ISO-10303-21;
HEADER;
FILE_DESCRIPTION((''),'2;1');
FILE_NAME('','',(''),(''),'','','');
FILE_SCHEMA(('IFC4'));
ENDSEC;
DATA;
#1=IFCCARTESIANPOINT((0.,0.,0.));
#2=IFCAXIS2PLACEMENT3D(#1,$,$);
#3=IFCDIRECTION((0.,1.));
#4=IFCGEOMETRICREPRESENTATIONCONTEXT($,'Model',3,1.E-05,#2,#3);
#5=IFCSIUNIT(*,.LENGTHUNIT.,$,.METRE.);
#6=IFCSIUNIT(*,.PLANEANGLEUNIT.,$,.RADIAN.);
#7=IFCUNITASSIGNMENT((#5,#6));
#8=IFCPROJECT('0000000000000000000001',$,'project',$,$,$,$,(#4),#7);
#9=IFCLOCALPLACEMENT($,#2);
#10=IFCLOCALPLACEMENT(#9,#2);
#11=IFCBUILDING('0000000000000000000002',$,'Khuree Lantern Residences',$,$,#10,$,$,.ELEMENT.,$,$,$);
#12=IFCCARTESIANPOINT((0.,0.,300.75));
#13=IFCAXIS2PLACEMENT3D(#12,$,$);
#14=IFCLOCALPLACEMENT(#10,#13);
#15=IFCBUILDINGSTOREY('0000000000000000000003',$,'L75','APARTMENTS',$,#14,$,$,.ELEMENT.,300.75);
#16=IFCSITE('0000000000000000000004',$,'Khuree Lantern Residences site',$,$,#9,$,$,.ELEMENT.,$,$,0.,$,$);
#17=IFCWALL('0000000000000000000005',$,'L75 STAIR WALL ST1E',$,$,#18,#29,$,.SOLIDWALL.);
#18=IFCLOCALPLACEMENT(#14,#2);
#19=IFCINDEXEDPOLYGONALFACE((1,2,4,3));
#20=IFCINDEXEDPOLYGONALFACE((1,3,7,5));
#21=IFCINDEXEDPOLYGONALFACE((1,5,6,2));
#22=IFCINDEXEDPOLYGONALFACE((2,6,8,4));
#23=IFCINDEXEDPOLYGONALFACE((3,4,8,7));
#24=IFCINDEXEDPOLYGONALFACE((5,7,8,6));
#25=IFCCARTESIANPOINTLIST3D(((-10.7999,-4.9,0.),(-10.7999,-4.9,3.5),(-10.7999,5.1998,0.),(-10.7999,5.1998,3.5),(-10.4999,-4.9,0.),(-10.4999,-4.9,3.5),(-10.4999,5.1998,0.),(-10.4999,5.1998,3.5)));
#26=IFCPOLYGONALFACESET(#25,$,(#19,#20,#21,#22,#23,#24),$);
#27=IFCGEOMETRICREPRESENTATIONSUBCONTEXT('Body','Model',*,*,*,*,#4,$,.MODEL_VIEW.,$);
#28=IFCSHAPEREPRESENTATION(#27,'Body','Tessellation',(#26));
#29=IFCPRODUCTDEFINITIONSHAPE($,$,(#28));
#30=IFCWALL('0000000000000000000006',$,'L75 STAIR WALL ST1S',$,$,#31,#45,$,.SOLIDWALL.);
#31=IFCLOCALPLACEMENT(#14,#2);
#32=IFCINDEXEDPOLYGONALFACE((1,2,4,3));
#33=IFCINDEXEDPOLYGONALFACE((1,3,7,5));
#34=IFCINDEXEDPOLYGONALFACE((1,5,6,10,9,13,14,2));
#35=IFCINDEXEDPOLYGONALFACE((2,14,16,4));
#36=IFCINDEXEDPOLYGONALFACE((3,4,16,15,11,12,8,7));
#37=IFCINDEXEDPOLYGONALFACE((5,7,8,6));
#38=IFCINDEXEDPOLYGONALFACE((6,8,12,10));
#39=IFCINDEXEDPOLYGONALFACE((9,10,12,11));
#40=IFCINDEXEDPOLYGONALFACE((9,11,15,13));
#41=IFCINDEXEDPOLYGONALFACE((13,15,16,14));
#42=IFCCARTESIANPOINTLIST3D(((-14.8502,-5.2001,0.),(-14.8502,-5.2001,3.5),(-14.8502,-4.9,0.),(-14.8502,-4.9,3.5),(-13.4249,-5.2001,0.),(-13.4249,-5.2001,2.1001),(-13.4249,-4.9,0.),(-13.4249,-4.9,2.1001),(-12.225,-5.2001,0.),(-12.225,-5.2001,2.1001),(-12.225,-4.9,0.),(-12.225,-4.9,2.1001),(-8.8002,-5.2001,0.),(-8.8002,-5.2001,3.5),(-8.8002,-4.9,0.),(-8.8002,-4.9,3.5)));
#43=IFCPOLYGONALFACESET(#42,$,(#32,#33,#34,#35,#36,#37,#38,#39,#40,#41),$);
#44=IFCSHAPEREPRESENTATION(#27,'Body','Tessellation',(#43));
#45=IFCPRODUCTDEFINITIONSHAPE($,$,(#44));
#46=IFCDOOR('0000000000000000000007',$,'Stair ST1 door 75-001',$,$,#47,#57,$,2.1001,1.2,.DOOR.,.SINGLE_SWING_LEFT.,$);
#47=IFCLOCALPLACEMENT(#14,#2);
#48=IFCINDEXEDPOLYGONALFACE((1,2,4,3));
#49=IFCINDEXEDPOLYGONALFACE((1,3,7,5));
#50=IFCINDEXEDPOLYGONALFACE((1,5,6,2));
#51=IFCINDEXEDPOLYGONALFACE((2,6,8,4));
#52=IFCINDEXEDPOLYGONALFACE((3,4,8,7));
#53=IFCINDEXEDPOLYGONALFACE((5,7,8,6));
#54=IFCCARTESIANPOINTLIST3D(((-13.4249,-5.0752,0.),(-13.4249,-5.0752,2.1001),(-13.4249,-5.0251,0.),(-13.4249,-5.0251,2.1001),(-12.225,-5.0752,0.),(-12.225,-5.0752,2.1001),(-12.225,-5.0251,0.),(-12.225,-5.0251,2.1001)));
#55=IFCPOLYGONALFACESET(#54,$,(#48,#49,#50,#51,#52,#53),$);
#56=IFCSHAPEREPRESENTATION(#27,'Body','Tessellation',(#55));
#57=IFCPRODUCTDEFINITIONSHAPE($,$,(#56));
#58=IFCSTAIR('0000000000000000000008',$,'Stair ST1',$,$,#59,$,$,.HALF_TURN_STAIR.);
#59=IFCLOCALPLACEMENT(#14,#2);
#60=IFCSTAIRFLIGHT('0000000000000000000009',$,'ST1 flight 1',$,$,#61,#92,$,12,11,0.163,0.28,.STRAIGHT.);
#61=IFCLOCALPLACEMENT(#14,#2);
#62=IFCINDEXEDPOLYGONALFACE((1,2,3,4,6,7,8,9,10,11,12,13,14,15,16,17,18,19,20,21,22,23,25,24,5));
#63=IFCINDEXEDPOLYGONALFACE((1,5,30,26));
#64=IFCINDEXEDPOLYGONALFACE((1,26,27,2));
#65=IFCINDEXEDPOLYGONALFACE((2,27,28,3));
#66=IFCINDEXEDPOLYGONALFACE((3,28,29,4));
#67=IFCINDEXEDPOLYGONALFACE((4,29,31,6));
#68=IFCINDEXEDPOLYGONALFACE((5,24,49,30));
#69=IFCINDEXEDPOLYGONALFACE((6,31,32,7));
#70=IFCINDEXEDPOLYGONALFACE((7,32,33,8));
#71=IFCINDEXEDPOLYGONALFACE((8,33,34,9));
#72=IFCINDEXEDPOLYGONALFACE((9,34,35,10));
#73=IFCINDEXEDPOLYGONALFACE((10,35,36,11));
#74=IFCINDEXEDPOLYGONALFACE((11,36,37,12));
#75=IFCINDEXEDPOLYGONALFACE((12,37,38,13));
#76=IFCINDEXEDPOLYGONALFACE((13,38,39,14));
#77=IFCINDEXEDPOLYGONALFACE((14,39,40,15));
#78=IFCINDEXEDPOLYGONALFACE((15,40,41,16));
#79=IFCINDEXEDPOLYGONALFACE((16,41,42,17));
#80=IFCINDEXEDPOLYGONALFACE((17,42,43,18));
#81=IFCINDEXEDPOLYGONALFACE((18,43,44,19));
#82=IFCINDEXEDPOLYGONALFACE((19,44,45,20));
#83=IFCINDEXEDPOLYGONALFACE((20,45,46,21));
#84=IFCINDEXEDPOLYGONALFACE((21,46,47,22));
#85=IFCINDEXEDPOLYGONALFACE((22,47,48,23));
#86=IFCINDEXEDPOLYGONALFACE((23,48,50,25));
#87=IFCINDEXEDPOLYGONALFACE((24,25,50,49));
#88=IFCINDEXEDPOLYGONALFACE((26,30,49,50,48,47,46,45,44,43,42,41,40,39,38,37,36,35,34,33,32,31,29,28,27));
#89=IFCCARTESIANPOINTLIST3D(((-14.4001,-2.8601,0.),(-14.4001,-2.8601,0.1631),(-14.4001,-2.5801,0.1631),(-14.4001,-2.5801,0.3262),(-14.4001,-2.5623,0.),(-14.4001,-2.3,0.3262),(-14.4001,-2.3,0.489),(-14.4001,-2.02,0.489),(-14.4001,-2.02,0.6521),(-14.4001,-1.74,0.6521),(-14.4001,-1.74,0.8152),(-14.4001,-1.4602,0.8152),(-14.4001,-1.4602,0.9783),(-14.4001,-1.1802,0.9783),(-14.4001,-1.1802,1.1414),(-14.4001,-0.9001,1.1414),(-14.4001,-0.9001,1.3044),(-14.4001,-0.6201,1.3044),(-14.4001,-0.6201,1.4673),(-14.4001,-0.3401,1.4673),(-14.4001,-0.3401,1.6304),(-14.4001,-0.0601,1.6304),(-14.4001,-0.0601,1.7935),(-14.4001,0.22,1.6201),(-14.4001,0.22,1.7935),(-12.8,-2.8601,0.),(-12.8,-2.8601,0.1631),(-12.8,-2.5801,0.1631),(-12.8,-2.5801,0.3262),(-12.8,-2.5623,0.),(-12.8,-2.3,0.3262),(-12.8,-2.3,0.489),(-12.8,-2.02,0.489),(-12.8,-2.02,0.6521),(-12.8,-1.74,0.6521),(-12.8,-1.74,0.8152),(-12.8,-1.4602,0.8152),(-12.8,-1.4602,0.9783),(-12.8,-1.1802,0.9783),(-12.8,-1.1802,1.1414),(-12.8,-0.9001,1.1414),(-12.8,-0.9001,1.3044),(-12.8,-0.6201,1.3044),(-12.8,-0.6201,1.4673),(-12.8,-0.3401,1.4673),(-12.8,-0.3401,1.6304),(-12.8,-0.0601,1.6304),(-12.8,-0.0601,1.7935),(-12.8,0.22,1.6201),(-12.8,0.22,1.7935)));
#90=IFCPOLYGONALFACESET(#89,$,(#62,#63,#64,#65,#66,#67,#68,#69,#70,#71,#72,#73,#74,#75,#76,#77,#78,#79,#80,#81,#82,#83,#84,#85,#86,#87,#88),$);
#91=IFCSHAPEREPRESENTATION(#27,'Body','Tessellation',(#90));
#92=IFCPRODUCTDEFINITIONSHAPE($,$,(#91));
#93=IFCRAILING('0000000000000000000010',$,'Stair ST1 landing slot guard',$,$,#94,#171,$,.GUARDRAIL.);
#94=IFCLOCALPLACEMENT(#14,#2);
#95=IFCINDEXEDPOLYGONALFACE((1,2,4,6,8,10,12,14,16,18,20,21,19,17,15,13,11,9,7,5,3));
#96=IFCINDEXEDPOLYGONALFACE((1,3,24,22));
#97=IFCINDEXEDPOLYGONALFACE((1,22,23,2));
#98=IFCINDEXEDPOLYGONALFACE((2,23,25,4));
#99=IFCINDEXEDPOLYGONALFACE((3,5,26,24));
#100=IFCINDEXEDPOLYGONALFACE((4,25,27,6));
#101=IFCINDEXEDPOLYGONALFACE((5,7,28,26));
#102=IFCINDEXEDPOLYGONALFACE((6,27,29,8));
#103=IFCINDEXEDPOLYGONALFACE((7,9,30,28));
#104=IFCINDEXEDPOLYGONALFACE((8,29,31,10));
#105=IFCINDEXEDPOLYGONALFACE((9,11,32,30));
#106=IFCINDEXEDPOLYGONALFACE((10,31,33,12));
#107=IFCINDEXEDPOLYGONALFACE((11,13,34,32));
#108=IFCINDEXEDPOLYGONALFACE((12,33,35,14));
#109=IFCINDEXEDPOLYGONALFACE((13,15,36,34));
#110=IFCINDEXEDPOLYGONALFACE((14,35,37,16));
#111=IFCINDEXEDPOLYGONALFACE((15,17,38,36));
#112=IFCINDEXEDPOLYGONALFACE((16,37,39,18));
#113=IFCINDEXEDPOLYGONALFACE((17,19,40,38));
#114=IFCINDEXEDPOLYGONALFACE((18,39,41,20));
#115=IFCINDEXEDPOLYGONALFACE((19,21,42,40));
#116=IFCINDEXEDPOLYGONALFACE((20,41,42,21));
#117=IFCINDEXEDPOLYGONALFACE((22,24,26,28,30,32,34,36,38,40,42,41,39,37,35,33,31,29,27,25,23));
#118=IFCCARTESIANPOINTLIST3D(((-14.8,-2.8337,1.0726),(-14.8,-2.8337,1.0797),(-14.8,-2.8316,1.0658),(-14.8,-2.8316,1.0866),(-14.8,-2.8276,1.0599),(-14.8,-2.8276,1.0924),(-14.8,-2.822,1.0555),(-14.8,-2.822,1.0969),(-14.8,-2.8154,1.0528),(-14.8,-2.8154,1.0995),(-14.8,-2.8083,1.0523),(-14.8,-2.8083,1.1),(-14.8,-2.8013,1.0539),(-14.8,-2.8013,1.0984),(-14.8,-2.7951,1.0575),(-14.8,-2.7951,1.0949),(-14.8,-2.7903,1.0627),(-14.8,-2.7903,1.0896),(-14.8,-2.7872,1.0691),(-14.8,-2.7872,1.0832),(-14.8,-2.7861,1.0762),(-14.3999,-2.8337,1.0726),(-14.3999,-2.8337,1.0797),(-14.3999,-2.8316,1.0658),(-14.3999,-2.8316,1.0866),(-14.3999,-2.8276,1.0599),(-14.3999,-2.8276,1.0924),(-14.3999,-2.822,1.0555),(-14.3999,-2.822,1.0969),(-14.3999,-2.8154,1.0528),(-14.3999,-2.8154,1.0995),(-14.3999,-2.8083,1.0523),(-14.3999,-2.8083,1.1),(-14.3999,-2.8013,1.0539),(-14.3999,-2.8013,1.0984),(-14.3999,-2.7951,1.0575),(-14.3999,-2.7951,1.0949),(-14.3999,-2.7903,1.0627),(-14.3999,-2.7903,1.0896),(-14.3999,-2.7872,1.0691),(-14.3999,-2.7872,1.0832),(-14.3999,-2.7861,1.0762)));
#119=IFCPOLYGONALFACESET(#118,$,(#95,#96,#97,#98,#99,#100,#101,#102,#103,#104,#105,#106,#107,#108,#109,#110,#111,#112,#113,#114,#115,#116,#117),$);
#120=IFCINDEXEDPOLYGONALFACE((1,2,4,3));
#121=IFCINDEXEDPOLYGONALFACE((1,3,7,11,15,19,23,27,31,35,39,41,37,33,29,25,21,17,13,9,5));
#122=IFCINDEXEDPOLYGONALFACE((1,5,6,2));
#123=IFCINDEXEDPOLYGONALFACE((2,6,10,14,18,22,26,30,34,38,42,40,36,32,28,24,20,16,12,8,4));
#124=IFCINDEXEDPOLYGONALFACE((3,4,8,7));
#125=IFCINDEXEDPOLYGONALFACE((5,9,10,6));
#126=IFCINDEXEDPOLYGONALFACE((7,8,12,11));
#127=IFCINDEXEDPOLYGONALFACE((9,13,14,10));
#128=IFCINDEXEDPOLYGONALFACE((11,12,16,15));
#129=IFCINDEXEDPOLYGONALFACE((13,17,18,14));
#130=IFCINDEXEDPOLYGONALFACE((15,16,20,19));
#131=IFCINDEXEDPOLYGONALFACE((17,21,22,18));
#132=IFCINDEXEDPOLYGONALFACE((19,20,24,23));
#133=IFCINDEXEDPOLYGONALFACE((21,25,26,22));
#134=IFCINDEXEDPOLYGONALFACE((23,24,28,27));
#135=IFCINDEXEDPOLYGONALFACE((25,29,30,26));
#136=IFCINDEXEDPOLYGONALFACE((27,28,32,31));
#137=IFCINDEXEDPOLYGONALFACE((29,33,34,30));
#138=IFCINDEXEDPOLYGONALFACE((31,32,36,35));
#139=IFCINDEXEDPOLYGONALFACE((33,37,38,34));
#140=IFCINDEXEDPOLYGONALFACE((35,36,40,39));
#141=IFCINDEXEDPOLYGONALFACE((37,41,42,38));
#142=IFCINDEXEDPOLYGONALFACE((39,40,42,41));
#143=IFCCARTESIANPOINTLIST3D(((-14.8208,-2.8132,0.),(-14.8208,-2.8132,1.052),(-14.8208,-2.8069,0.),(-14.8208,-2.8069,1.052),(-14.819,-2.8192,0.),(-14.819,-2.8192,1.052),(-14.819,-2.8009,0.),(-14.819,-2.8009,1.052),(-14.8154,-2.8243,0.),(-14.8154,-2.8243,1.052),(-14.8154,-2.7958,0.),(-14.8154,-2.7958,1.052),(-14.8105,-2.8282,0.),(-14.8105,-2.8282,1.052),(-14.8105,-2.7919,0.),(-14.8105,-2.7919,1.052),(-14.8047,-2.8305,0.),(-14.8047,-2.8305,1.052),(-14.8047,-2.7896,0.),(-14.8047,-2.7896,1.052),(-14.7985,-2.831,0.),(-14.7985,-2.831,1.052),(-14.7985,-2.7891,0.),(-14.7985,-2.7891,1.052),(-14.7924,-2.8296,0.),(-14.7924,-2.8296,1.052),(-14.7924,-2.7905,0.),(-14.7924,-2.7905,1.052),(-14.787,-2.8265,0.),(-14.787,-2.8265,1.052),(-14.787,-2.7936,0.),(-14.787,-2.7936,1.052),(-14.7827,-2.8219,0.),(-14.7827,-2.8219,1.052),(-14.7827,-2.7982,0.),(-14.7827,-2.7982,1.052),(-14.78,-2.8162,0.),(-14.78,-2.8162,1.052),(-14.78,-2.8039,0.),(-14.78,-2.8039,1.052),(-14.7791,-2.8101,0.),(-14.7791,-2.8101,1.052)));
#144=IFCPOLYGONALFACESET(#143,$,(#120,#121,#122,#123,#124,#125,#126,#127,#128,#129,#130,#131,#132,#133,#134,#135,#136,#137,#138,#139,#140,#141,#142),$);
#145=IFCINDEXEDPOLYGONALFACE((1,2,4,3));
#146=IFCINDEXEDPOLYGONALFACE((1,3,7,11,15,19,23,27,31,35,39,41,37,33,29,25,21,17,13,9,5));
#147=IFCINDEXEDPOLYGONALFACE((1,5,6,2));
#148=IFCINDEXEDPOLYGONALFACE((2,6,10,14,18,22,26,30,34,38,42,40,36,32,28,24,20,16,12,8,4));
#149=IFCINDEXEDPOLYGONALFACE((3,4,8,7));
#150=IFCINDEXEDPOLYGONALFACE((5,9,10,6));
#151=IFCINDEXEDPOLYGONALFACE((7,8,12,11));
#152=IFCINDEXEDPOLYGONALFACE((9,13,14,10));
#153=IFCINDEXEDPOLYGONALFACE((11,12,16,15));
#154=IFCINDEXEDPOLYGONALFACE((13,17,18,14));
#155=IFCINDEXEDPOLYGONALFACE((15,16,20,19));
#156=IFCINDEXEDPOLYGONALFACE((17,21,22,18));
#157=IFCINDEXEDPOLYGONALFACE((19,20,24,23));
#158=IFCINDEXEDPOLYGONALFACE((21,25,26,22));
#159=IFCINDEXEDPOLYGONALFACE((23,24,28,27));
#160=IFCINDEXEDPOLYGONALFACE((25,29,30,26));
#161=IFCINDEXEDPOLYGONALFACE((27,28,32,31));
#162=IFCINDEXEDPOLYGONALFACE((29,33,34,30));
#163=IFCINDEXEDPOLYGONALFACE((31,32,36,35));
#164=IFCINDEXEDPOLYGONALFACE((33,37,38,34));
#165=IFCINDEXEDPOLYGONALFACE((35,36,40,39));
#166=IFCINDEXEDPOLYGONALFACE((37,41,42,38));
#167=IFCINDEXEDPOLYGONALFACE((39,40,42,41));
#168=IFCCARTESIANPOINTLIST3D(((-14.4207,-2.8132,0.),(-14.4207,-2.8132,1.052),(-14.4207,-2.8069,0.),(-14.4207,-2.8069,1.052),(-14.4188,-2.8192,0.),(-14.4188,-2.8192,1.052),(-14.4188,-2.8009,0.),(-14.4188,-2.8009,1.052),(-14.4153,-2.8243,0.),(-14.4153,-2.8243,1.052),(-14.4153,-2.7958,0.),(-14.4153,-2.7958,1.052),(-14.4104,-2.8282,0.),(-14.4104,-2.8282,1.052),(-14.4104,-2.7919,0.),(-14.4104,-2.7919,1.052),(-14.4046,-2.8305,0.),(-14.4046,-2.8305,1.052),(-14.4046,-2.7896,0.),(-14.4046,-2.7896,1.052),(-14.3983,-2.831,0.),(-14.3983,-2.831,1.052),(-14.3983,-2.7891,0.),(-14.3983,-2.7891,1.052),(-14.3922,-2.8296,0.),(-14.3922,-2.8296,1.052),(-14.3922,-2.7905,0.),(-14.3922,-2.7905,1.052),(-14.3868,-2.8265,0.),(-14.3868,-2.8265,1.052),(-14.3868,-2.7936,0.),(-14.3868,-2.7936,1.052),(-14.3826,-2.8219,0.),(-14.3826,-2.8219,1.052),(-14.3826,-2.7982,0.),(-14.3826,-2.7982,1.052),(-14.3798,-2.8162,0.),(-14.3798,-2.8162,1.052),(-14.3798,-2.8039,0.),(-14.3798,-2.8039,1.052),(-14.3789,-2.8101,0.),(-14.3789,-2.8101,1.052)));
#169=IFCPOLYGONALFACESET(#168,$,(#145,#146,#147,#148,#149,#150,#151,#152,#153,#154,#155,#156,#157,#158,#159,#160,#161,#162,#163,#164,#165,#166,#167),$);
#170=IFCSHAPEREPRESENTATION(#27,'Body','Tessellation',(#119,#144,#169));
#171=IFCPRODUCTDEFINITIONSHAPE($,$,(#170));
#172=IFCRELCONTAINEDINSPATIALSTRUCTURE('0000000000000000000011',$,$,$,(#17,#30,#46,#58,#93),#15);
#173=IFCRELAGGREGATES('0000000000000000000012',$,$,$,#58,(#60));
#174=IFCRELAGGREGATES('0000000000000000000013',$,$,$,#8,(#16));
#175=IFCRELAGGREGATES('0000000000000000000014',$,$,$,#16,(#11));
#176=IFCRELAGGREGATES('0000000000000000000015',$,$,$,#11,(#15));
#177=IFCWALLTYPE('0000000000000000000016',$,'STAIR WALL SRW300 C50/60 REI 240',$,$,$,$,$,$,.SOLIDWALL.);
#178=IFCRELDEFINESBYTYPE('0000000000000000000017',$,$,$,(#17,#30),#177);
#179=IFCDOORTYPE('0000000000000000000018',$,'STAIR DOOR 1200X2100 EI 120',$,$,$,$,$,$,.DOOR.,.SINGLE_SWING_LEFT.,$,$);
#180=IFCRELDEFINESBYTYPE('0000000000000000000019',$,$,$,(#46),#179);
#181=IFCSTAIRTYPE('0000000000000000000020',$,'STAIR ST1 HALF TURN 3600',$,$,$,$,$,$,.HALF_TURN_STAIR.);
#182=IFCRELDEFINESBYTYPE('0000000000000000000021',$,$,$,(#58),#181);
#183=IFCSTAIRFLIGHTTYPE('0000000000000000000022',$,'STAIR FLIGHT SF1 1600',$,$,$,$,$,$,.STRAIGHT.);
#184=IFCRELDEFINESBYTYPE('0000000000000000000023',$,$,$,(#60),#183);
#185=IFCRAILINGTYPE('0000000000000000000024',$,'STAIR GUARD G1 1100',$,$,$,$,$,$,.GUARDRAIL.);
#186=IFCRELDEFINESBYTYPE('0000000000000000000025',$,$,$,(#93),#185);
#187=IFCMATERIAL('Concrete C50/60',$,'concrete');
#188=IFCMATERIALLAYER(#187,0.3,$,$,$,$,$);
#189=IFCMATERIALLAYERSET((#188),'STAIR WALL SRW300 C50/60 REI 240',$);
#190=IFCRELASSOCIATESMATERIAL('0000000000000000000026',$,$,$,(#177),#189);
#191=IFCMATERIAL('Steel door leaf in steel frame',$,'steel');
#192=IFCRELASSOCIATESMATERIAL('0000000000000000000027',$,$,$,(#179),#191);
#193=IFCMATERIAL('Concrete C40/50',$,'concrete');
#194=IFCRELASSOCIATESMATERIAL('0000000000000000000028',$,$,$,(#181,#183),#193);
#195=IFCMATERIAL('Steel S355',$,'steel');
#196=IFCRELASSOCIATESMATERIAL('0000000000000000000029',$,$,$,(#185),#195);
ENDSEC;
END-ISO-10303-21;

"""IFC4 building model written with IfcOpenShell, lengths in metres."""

from ifc_helpers import new_model, si_unit, direction, frame, frame_2d, origin, origin_2d, place, context, subcontext, project, spatial, polyline, rectangle, circle, outline, extrude, material, layer, layer_set, type_object, element, fill, aggregate, save


model = new_model("IFC4")

# Units and contexts
model_context = context("Model", 3, precision=1e-05, world=origin(), true_north=direction((0.0, 1.0)))
body_context = subcontext(model_context, "Body", "Model", "MODEL_VIEW")
ifc_project = project(units=[si_unit("LENGTHUNIT", "METRE"), si_unit("PLANEANGLEUNIT", "RADIAN")], contexts=[model_context])

# Site, building, storey
site_placement = place(None, origin())
site = spatial("IfcSite", under=ifc_project, at=site_placement, Name="Khuree Lantern Residences site", CompositionType="ELEMENT", RefElevation=0.0)
building_placement = place(site_placement, origin())
building = spatial("IfcBuilding", under=site, at=building_placement, Name="Khuree Lantern Residences", CompositionType="ELEMENT")
storey_placement = place(building_placement, frame((0.0, 0.0, 300.75)))
storey = spatial("IfcBuildingStorey", under=building, at=storey_placement, Name="L75", Description="APARTMENTS", CompositionType="ELEMENT", Elevation=300.75)

# Shared definitions
ifc_material_1 = material(Name="Steel door leaf in steel frame", Category="steel")

# Wall
ifc_material_2 = material(Name="Concrete C50/60", Category="concrete")
ifc_layer_1 = layer(ifc_material_2, 0.3)
ifc_layer_set_1 = layer_set([ifc_layer_1], Name="STAIR WALL SRW300 C50/60 REI 240")
wall_type_1 = type_object("IfcWallType", Name="STAIR WALL SRW300 C50/60 REI 240", PredefinedType="SOLIDWALL", material=ifc_layer_set_1)
wall_1_placement = place(storey_placement, frame((-10.6499, -4.8999, 0.0), z_axis=(0.0, 0.0, 1.0), x_axis=(0.0, 1.0, 0.0)))
element("IfcWall", 1, at=wall_1_placement, inside=storey, type_object=wall_type_1, Name="L75 STAIR WALL ST1E", PredefinedType="SOLIDWALL", context=body_context, shape_type="SweptSolid", body=[
    extrude(rectangle(XDim=10.0999, YDim=0.3, at=frame_2d((5.0498, 0.0))), origin(), (0.0, 0.0, 1.0), 3.5),
])

# Wall, opening, door
wall_2_placement = place(storey_placement, frame((-14.8501, -5.05, 0.0), z_axis=(0.0, 0.0, 1.0), x_axis=(1.0, 0.0, 0.0)))
wall_2 = element("IfcWall", 2, at=wall_2_placement, inside=storey, type_object=wall_type_1, Name="L75 STAIR WALL ST1S", PredefinedType="SOLIDWALL", context=body_context, shape_type="SweptSolid", body=[
    extrude(rectangle(XDim=6.05, YDim=0.3, at=frame_2d((3.0249, 0.0))), origin(), (0.0, 0.0, 1.0), 3.5),
])
opening_1_placement = place(wall_2_placement, frame((1.425, 0.0, 0.0)))
opening_1 = element("IfcOpeningElement", 3, at=opening_1_placement, cuts=wall_2, PredefinedType="OPENING", context=body_context, shape_type="SweptSolid", body=[
    extrude(rectangle(XDim=1.2, YDim=2.1001, at=frame_2d((0.6001, 1.05))), frame((0.0, 0.1602, 0.0), z_axis=(0.0, -1.0, 0.0), x_axis=(1.0, 0.0, 0.0)), (0.0, 0.0, 1.0), 0.3201),
])
door_type_1 = type_object("IfcDoorType", Name="STAIR DOOR 1200X2100 EI 120", OperationType="SINGLE_SWING_LEFT", PredefinedType="DOOR", material=ifc_material_1)
door_1_placement = place(opening_1_placement, origin())
door_1 = element("IfcDoor", 4, at=door_1_placement, inside=storey, type_object=door_type_1, Name="Stair ST1 door 75-001", OperationType="SINGLE_SWING_LEFT", OverallHeight=2.1001, OverallWidth=1.2, PredefinedType="DOOR", context=body_context, shape_type="SweptSolid", body=[
    extrude(rectangle(XDim=1.2, YDim=2.1001, at=frame_2d((0.6001, 1.05))), frame((0.0, 0.0249, 0.0), z_axis=(0.0, -1.0, 0.0), x_axis=(1.0, 0.0, 0.0)), (0.0, 0.0, 1.0), 0.05),
])
fill(opening_1, door_1)

# Stair, stair flight
ifc_material_3 = material(Name="Concrete C40/50", Category="concrete")
stair_type = type_object("IfcStairType", Name="STAIR ST1 HALF TURN 3600", PredefinedType="HALF_TURN_STAIR", material=ifc_material_3)
stair_placement = place(storey_placement, origin())
stair = element("IfcStair", 5, at=stair_placement, inside=storey, type_object=stair_type, Name="Stair ST1", PredefinedType="HALF_TURN_STAIR")
stair_flight_type = type_object("IfcStairFlightType", Name="STAIR FLIGHT SF1 1600", PredefinedType="STRAIGHT", material=ifc_material_3)
stair_flight_placement = place(storey_placement, frame((-13.6001, -2.8601, 0.0), z_axis=(0.0, 0.0, 1.0), x_axis=(0.0, 1.0, 0.0)))
stair_flight = element("IfcStairFlight", 6, at=stair_flight_placement, type_object=stair_flight_type, Name="ST1 flight 1", NumberOfRisers=12, NumberOfTreads=11, PredefinedType="STRAIGHT", RiserHeight=0.163, TreadLength=0.28, context=body_context, shape_type="SweptSolid", body=[
    extrude(outline(polyline([(0.0, 0.0), (0.0, 0.1631), (0.28, 0.1631), (0.28, 0.3262), (0.5601, 0.3262), (0.5601, 0.489), (0.8401, 0.489), (0.8401, 0.6521), (1.1201, 0.6521), (1.1201, 0.8152), (1.3999, 0.8152), (1.3999, 0.9783), (1.6799, 0.9783), (1.6799, 1.1414), (1.96, 1.1414), (1.96, 1.3044), (2.24, 1.3044), (2.24, 1.4673), (2.52, 1.4673), (2.52, 1.6304), (2.8, 1.6304), (2.8, 1.7935), (3.0801, 1.7935), (3.0801, 1.9565), (3.0801, 1.6201), (0.2979, 0.0), (0.0, 0.0)])), frame((0.0, 0.8, 0.0), z_axis=(0.0, -1.0, 0.0), x_axis=(1.0, 0.0, 0.0)), (0.0, 0.0, 1.0), 1.6001),
])
aggregate(stair, [stair_flight])

# Railing
ifc_material_4 = material(Name="Steel S355", Category="steel")
railing_type_1 = type_object("IfcRailingType", Name="STAIR GUARD G1 1100", PredefinedType="GUARDRAIL", material=ifc_material_4)
railing_1_placement = place(storey_placement, frame((-14.8, -2.8101, 0.0)))
element("IfcRailing", 7, at=railing_1_placement, inside=storey, type_object=railing_type_1, Name="Stair ST1 landing slot guard", PredefinedType="GUARDRAIL", context=body_context, shape_type="SweptSolid", body=[
    extrude(circle(Radius=0.0239, at=origin_2d()), frame((0.0, 0.0, 1.0762), z_axis=(1.0, 0.0, 0.0), x_axis=(0.0, 1.0, 0.0)), (0.0, 0.0, 1.0), 0.4001),
    extrude(circle(Radius=0.021, at=origin_2d()), origin(), (0.0, 0.0, 1.0), 1.052),
    extrude(circle(Radius=0.021, at=origin_2d()), frame((0.4001, 0.0, 0.0)), (0.0, 0.0, 1.0), 1.052),
])

save(model, "model.ifc")
